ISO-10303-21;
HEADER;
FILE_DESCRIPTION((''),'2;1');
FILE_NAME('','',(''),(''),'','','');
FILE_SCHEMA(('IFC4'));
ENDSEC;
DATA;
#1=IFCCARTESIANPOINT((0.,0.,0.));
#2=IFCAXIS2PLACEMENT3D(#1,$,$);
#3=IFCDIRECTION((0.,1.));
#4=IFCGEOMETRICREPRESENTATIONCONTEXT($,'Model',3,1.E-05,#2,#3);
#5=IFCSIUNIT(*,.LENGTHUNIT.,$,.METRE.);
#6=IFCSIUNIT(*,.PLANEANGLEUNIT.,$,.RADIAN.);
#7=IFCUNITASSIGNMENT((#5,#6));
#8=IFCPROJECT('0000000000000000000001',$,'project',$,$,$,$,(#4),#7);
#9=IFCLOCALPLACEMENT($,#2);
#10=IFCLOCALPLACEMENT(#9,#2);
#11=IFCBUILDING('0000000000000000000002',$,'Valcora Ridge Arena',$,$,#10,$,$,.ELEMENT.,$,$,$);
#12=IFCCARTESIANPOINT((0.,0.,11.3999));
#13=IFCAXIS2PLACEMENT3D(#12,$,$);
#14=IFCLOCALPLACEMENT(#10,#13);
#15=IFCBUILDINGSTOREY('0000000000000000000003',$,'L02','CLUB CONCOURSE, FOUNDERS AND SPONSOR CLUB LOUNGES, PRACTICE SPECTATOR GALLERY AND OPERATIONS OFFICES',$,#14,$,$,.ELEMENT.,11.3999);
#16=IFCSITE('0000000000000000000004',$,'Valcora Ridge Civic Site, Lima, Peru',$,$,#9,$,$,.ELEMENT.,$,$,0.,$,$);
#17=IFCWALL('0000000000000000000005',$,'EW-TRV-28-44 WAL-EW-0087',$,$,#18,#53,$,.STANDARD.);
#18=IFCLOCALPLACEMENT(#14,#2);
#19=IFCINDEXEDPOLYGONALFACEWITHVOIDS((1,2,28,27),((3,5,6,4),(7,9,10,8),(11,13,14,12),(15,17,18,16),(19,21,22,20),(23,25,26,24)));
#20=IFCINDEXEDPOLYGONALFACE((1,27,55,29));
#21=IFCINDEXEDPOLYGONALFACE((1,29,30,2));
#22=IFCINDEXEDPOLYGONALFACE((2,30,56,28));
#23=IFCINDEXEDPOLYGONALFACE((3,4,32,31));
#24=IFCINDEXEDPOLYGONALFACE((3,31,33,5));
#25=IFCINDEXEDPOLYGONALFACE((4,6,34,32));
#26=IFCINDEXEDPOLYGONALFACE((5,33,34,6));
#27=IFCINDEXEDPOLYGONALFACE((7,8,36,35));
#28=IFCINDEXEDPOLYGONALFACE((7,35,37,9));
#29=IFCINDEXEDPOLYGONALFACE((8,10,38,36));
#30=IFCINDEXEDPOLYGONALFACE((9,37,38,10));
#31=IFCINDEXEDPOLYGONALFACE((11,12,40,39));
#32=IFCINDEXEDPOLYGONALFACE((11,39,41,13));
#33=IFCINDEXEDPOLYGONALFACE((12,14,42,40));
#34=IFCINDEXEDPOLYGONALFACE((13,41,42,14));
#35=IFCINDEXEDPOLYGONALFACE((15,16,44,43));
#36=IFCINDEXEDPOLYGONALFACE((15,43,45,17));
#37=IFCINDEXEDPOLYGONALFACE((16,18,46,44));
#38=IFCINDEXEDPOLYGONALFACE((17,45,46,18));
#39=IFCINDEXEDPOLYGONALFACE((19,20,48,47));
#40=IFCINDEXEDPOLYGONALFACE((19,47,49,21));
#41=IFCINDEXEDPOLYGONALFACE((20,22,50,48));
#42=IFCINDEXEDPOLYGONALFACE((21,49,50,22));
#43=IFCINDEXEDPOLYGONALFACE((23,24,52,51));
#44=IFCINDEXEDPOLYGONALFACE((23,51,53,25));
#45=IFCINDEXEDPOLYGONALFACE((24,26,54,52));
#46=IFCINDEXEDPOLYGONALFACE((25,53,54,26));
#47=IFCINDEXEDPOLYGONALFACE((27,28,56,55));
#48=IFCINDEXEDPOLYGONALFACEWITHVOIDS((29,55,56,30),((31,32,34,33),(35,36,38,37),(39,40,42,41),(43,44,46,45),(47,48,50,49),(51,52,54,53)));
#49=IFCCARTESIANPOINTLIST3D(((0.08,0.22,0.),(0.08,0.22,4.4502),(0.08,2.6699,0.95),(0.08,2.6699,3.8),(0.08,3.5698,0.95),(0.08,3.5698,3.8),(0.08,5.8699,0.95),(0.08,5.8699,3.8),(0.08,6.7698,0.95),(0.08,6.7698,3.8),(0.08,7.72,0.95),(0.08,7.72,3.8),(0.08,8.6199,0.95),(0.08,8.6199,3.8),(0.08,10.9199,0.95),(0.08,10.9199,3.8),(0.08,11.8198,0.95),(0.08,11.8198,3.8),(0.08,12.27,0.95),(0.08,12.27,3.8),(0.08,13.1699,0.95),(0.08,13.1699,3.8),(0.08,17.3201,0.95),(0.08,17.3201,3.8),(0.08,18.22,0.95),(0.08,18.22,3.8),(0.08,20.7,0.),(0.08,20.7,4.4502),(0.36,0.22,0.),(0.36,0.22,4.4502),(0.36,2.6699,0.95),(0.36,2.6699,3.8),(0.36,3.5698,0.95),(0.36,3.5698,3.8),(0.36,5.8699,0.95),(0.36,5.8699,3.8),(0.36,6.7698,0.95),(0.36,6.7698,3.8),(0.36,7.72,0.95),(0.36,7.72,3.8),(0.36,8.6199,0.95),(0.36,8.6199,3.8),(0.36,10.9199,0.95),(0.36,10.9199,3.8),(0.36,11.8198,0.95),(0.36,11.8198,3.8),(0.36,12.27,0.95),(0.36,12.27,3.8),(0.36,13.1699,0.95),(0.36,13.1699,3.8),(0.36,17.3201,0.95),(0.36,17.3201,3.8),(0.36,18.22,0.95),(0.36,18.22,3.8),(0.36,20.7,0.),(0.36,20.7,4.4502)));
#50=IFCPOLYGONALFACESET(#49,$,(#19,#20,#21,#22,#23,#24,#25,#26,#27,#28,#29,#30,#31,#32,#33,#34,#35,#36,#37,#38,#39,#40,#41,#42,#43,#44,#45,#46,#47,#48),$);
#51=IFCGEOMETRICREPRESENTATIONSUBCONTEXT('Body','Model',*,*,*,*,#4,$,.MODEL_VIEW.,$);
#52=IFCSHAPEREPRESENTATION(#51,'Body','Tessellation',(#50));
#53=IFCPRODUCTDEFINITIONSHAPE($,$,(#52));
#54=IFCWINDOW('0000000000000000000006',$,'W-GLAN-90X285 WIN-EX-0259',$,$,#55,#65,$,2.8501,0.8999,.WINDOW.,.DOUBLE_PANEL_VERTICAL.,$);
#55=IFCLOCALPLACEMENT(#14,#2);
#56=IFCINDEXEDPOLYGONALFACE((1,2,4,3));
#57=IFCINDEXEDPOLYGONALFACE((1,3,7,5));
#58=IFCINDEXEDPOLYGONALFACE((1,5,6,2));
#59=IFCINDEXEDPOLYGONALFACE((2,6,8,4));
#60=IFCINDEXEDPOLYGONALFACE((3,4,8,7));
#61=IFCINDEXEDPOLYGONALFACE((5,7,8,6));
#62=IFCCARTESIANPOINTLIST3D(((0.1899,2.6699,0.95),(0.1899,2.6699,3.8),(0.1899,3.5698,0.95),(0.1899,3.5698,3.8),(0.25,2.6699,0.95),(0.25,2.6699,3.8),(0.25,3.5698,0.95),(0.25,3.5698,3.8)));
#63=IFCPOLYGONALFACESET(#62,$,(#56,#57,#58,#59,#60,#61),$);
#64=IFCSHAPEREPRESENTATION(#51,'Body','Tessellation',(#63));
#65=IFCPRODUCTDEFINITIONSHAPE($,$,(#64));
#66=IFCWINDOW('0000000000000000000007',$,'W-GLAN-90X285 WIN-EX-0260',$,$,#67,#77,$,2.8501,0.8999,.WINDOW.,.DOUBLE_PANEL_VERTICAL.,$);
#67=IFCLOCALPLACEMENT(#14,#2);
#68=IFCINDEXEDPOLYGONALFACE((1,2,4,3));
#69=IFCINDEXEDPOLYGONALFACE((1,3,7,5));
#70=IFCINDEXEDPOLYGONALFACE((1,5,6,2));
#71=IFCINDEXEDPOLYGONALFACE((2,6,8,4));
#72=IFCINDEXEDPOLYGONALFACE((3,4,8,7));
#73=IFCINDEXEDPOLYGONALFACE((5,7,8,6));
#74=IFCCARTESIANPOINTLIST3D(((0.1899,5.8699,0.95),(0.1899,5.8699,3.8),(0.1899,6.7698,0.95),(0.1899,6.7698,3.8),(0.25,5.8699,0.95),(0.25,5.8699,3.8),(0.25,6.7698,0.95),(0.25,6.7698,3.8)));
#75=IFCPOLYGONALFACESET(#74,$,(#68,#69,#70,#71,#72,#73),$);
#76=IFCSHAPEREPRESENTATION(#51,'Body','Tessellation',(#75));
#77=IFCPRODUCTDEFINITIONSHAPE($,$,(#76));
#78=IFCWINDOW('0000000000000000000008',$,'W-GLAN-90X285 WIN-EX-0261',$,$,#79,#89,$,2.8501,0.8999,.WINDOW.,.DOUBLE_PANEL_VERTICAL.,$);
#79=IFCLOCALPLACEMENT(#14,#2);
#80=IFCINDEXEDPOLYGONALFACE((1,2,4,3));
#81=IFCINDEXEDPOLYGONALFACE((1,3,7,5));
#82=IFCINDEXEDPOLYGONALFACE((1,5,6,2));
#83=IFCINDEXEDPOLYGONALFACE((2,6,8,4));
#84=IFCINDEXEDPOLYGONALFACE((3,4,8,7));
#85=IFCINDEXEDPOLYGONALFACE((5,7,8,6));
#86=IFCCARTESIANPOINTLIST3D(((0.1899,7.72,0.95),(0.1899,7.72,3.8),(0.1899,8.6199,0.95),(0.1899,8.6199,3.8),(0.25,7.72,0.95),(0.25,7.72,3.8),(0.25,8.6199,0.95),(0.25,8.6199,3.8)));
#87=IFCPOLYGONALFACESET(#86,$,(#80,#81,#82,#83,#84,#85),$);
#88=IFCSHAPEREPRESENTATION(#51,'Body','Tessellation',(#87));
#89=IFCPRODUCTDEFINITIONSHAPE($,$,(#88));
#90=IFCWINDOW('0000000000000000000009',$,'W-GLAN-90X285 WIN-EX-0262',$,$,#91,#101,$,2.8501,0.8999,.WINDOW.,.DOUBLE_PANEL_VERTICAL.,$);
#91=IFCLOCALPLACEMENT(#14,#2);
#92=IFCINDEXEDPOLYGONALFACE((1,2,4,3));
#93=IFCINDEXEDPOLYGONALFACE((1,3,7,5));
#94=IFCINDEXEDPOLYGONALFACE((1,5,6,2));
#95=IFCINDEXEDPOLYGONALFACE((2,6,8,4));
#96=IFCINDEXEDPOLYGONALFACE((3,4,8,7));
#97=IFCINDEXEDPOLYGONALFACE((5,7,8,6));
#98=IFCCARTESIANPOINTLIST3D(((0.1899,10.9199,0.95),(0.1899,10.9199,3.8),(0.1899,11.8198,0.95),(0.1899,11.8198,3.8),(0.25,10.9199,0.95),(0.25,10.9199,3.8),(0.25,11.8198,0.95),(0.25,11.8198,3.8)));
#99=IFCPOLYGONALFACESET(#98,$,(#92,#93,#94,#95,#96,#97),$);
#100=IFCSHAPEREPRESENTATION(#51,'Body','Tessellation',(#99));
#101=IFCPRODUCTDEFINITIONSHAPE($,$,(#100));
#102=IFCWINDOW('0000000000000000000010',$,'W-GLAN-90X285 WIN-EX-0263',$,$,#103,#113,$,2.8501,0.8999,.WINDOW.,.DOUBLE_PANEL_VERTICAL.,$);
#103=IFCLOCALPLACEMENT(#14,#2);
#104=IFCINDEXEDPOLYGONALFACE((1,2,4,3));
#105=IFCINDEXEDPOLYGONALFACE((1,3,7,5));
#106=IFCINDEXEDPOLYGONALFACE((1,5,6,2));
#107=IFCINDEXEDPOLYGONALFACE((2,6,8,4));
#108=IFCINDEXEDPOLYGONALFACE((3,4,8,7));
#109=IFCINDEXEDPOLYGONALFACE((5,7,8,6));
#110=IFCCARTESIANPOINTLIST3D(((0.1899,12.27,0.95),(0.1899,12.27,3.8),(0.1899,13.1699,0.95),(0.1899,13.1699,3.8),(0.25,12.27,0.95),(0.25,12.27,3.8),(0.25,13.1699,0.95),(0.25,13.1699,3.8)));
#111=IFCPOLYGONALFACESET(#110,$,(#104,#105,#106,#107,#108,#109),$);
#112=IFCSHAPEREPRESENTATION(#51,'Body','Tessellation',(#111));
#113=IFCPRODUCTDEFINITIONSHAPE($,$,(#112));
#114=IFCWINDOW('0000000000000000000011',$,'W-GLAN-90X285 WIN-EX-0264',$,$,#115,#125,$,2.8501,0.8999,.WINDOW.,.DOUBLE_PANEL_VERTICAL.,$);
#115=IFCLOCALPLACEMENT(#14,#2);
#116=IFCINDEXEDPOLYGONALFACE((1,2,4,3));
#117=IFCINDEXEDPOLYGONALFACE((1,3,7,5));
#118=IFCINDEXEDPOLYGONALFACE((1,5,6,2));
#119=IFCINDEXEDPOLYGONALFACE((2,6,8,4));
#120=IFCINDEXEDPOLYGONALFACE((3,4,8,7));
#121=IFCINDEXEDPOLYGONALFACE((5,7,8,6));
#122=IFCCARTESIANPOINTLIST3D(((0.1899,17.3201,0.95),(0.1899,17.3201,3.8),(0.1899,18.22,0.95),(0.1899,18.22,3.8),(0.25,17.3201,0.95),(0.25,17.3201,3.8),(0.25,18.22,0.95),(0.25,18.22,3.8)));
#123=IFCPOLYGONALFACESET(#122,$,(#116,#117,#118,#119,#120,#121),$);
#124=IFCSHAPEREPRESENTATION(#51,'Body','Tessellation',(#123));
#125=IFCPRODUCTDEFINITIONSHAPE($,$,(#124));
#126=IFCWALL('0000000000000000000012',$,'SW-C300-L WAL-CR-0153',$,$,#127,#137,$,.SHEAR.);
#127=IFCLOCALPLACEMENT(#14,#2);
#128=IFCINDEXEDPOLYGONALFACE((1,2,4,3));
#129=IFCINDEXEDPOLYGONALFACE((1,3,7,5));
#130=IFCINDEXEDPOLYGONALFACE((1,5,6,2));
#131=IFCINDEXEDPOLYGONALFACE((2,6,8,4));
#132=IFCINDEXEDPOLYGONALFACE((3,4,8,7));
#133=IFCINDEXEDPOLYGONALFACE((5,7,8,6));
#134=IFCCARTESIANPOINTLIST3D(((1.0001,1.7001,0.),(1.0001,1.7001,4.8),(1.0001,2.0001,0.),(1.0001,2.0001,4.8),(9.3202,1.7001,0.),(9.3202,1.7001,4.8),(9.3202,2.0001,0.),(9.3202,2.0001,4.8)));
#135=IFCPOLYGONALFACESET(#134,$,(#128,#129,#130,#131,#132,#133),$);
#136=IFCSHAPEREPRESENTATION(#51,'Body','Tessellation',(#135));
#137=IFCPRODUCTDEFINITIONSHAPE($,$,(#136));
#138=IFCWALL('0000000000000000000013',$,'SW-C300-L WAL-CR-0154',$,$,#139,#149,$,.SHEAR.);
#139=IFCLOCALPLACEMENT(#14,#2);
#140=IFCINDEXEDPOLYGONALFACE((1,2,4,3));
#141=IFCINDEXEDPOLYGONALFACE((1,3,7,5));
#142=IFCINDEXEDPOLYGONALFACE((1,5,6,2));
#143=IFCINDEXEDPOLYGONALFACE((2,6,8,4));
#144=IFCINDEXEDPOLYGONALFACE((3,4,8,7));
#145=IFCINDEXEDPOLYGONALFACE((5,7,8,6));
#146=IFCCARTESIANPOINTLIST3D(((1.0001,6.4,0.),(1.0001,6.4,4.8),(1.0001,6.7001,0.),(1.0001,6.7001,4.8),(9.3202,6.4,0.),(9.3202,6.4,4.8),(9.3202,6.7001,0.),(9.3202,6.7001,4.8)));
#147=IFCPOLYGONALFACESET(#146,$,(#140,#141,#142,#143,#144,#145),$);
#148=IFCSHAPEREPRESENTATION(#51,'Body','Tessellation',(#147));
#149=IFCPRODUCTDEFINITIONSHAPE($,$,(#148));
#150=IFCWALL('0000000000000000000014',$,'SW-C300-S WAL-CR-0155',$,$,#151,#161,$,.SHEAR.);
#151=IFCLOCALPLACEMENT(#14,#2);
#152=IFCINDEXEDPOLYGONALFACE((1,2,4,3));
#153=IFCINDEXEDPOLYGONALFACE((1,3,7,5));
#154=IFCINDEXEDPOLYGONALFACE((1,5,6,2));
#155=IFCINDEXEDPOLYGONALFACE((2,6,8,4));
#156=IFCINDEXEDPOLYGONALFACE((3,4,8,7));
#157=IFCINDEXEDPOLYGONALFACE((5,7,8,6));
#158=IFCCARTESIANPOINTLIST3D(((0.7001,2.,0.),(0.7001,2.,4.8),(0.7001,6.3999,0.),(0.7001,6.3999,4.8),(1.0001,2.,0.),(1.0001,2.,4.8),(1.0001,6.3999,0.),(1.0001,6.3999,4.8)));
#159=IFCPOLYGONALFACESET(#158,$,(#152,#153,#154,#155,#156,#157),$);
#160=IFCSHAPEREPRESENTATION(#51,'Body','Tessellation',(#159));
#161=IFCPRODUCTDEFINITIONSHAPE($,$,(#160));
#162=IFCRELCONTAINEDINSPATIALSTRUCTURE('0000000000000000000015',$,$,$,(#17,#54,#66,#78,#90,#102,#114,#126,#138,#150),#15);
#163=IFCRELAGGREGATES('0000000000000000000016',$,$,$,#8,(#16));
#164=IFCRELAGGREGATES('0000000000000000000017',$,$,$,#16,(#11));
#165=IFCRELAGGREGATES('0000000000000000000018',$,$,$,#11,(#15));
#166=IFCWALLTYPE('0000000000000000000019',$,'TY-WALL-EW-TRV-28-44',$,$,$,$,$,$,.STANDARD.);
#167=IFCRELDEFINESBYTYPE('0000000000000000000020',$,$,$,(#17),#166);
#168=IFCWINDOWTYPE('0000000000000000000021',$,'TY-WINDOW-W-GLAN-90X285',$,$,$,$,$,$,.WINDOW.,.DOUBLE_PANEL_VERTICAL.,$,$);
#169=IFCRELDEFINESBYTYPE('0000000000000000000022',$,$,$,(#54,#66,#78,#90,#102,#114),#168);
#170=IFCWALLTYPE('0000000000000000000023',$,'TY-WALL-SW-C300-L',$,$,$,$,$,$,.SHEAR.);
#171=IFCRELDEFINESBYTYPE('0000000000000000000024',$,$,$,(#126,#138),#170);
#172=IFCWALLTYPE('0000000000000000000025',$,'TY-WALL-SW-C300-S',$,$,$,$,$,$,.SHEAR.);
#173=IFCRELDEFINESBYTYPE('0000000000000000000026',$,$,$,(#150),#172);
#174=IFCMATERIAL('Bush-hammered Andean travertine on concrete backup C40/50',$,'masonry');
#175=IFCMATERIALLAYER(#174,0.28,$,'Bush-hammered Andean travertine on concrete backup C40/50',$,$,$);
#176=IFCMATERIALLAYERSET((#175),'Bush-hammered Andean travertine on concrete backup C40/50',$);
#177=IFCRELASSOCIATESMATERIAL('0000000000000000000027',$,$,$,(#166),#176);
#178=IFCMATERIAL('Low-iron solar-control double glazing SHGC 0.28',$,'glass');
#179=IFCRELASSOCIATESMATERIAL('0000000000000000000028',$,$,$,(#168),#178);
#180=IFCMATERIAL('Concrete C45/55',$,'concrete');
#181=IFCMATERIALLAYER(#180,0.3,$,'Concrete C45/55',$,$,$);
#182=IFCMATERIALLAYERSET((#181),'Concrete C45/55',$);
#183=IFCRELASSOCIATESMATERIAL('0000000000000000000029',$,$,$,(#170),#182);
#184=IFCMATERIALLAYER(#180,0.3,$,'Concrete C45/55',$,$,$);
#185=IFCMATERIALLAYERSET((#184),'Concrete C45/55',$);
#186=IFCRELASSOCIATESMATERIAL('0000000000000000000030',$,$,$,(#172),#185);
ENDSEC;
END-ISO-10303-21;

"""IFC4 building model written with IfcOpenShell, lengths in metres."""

from ifc_helpers import new_model, si_unit, direction, frame, frame_2d, origin, place, context, subcontext, project, spatial, rectangle, extrude, material, layer, layer_set, type_object, element, fill, save


model = new_model("IFC4")

# Units and contexts
model_context = context("Model", 3, precision=1e-05, world=origin(), true_north=direction((0.0, 1.0)))
body_context = subcontext(model_context, "Body", "Model", "MODEL_VIEW")
ifc_project = project(units=[si_unit("LENGTHUNIT", "METRE"), si_unit("PLANEANGLEUNIT", "RADIAN")], contexts=[model_context])

# Site, building, storey
site_placement = place(None, origin())
site = spatial("IfcSite", under=ifc_project, at=site_placement, Name="Valcora Ridge Civic Site, Lima, Peru", CompositionType="ELEMENT", RefElevation=0.0)
building_placement = place(site_placement, origin())
building = spatial("IfcBuilding", under=site, at=building_placement, Name="Valcora Ridge Arena", CompositionType="ELEMENT")
storey_placement = place(building_placement, frame((0.0, 0.0, 11.3999)))
storey = spatial("IfcBuildingStorey", under=building, at=storey_placement, Name="L02", Description="CLUB CONCOURSE, FOUNDERS AND SPONSOR CLUB LOUNGES, PRACTICE SPECTATOR GALLERY AND OPERATIONS OFFICES", CompositionType="ELEMENT", Elevation=11.3999)

# Wall, openings, windows
ifc_material_1 = material(Name="Bush-hammered Andean travertine on concrete backup C40/50", Category="masonry")
ifc_layer_1 = layer(ifc_material_1, 0.28, Name="Bush-hammered Andean travertine on concrete backup C40/50")
ifc_layer_set_1 = layer_set([ifc_layer_1], Name="Bush-hammered Andean travertine on concrete backup C40/50")
wall_type_1 = type_object("IfcWallType", Name="TY-WALL-EW-TRV-28-44", PredefinedType="STANDARD", material=ifc_layer_set_1)
ifc_material_2 = material(Name="Low-iron solar-control double glazing SHGC 0.28", Category="glass")
window_type = type_object("IfcWindowType", Name="TY-WINDOW-W-GLAN-90X285", PartitioningType="DOUBLE_PANEL_VERTICAL", PredefinedType="WINDOW", material=ifc_material_2)
wall_1_placement = place(storey_placement, frame((0.22, 0.22, 0.0), z_axis=(0.0, 0.0, 1.0), x_axis=(0.0, 1.0, 0.0)))
wall_1 = element("IfcWall", 1, at=wall_1_placement, inside=storey, type_object=wall_type_1, Name="EW-TRV-28-44 WAL-EW-0087", PredefinedType="STANDARD", context=body_context, shape_type="SweptSolid", body=[
    extrude(rectangle(XDim=20.48, YDim=0.28, at=frame_2d((10.24, 0.0))), origin(), (0.0, 0.0, 1.0), 4.4502),
])
opening_1_placement = place(wall_1_placement, frame((2.45, 0.0, 0.95)))
opening_1 = element("IfcOpeningElement", 2, at=opening_1_placement, cuts=wall_1, PredefinedType="OPENING", context=body_context, shape_type="SweptSolid", body=[
    extrude(rectangle(XDim=0.8999, YDim=2.8501, at=frame_2d((0.45, 1.425))), frame((0.0, 0.1499, 0.0), z_axis=(0.0, -1.0, 0.0), x_axis=(1.0, 0.0, 0.0)), (0.0, 0.0, 1.0), 0.3),
])
opening_2_placement = place(wall_1_placement, frame((5.6499, 0.0, 0.95)))
opening_2 = element("IfcOpeningElement", 3, at=opening_2_placement, cuts=wall_1, PredefinedType="OPENING", context=body_context, shape_type="SweptSolid", body=[
    extrude(rectangle(XDim=0.8999, YDim=2.8501, at=frame_2d((0.45, 1.425))), frame((0.0, 0.1499, 0.0), z_axis=(0.0, -1.0, 0.0), x_axis=(1.0, 0.0, 0.0)), (0.0, 0.0, 1.0), 0.3),
])
opening_3_placement = place(wall_1_placement, frame((7.5, 0.0, 0.95)))
opening_3 = element("IfcOpeningElement", 4, at=opening_3_placement, cuts=wall_1, PredefinedType="OPENING", context=body_context, shape_type="SweptSolid", body=[
    extrude(rectangle(XDim=0.8999, YDim=2.8501, at=frame_2d((0.45, 1.425))), frame((0.0, 0.1499, 0.0), z_axis=(0.0, -1.0, 0.0), x_axis=(1.0, 0.0, 0.0)), (0.0, 0.0, 1.0), 0.3),
])
opening_4_placement = place(wall_1_placement, frame((10.7, 0.0, 0.95)))
opening_4 = element("IfcOpeningElement", 5, at=opening_4_placement, cuts=wall_1, PredefinedType="OPENING", context=body_context, shape_type="SweptSolid", body=[
    extrude(rectangle(XDim=0.8999, YDim=2.8501, at=frame_2d((0.45, 1.425))), frame((0.0, 0.1499, 0.0), z_axis=(0.0, -1.0, 0.0), x_axis=(1.0, 0.0, 0.0)), (0.0, 0.0, 1.0), 0.3),
])
opening_5_placement = place(wall_1_placement, frame((12.05, 0.0, 0.95)))
opening_5 = element("IfcOpeningElement", 6, at=opening_5_placement, cuts=wall_1, PredefinedType="OPENING", context=body_context, shape_type="SweptSolid", body=[
    extrude(rectangle(XDim=0.8999, YDim=2.8501, at=frame_2d((0.45, 1.425))), frame((0.0, 0.1499, 0.0), z_axis=(0.0, -1.0, 0.0), x_axis=(1.0, 0.0, 0.0)), (0.0, 0.0, 1.0), 0.3),
])
opening_6_placement = place(wall_1_placement, frame((17.1001, 0.0, 0.95)))
opening_6 = element("IfcOpeningElement", 7, at=opening_6_placement, cuts=wall_1, PredefinedType="OPENING", context=body_context, shape_type="SweptSolid", body=[
    extrude(rectangle(XDim=0.8999, YDim=2.8501, at=frame_2d((0.45, 1.425))), frame((0.0, 0.1499, 0.0), z_axis=(0.0, -1.0, 0.0), x_axis=(1.0, 0.0, 0.0)), (0.0, 0.0, 1.0), 0.3),
])
window_1_placement = place(opening_1_placement, origin())
window_1 = element("IfcWindow", 8, at=window_1_placement, inside=storey, type_object=window_type, Name="W-GLAN-90X285 WIN-EX-0259", OverallHeight=2.8501, OverallWidth=0.8999, PartitioningType="DOUBLE_PANEL_VERTICAL", PredefinedType="WINDOW", context=body_context, shape_type="SweptSolid", body=[
    extrude(rectangle(XDim=0.8999, YDim=2.8501, at=frame_2d((0.45, 1.425))), frame((0.0, 0.03, 0.0), z_axis=(0.0, -1.0, 0.0), x_axis=(1.0, 0.0, 0.0)), (0.0, 0.0, 1.0), 0.0601),
])
fill(opening_1, window_1)
window_2_placement = place(opening_2_placement, origin())
window_2 = element("IfcWindow", 9, at=window_2_placement, inside=storey, type_object=window_type, Name="W-GLAN-90X285 WIN-EX-0260", OverallHeight=2.8501, OverallWidth=0.8999, PartitioningType="DOUBLE_PANEL_VERTICAL", PredefinedType="WINDOW", context=body_context, shape_type="SweptSolid", body=[
    extrude(rectangle(XDim=0.8999, YDim=2.8501, at=frame_2d((0.45, 1.425))), frame((0.0, 0.03, 0.0), z_axis=(0.0, -1.0, 0.0), x_axis=(1.0, 0.0, 0.0)), (0.0, 0.0, 1.0), 0.0601),
])
fill(opening_2, window_2)
window_3_placement = place(opening_3_placement, origin())
window_3 = element("IfcWindow", 10, at=window_3_placement, inside=storey, type_object=window_type, Name="W-GLAN-90X285 WIN-EX-0261", OverallHeight=2.8501, OverallWidth=0.8999, PartitioningType="DOUBLE_PANEL_VERTICAL", PredefinedType="WINDOW", context=body_context, shape_type="SweptSolid", body=[
    extrude(rectangle(XDim=0.8999, YDim=2.8501, at=frame_2d((0.45, 1.425))), frame((0.0, 0.03, 0.0), z_axis=(0.0, -1.0, 0.0), x_axis=(1.0, 0.0, 0.0)), (0.0, 0.0, 1.0), 0.0601),
])
fill(opening_3, window_3)
window_4_placement = place(opening_4_placement, origin())
window_4 = element("IfcWindow", 11, at=window_4_placement, inside=storey, type_object=window_type, Name="W-GLAN-90X285 WIN-EX-0262", OverallHeight=2.8501, OverallWidth=0.8999, PartitioningType="DOUBLE_PANEL_VERTICAL", PredefinedType="WINDOW", context=body_context, shape_type="SweptSolid", body=[
    extrude(rectangle(XDim=0.8999, YDim=2.8501, at=frame_2d((0.45, 1.425))), frame((0.0, 0.03, 0.0), z_axis=(0.0, -1.0, 0.0), x_axis=(1.0, 0.0, 0.0)), (0.0, 0.0, 1.0), 0.0601),
])
fill(opening_4, window_4)
window_5_placement = place(opening_5_placement, origin())
window_5 = element("IfcWindow", 12, at=window_5_placement, inside=storey, type_object=window_type, Name="W-GLAN-90X285 WIN-EX-0263", OverallHeight=2.8501, OverallWidth=0.8999, PartitioningType="DOUBLE_PANEL_VERTICAL", PredefinedType="WINDOW", context=body_context, shape_type="SweptSolid", body=[
    extrude(rectangle(XDim=0.8999, YDim=2.8501, at=frame_2d((0.45, 1.425))), frame((0.0, 0.03, 0.0), z_axis=(0.0, -1.0, 0.0), x_axis=(1.0, 0.0, 0.0)), (0.0, 0.0, 1.0), 0.0601),
])
fill(opening_5, window_5)
window_6_placement = place(opening_6_placement, origin())
window_6 = element("IfcWindow", 13, at=window_6_placement, inside=storey, type_object=window_type, Name="W-GLAN-90X285 WIN-EX-0264", OverallHeight=2.8501, OverallWidth=0.8999, PartitioningType="DOUBLE_PANEL_VERTICAL", PredefinedType="WINDOW", context=body_context, shape_type="SweptSolid", body=[
    extrude(rectangle(XDim=0.8999, YDim=2.8501, at=frame_2d((0.45, 1.425))), frame((0.0, 0.03, 0.0), z_axis=(0.0, -1.0, 0.0), x_axis=(1.0, 0.0, 0.0)), (0.0, 0.0, 1.0), 0.0601),
])
fill(opening_6, window_6)

# Walls
ifc_material_3 = material(Name="Concrete C45/55", Category="concrete")
ifc_layer_2 = layer(ifc_material_3, 0.3, Name="Concrete C45/55")
ifc_layer_set_2 = layer_set([ifc_layer_2], Name="Concrete C45/55")
wall_type_2 = type_object("IfcWallType", Name="TY-WALL-SW-C300-L", PredefinedType="SHEAR", material=ifc_layer_set_2)
for number, where, z_axis, x_axis, name in (
    (14, (1.0, 1.8501, 0.0), (0.0, 0.0, 1.0), (1.0, 0.0, 0.0), "SW-C300-L WAL-CR-0153"),
    (15, (1.0, 6.55, 0.0), (0.0, 0.0, 1.0), (1.0, 0.0, 0.0), "SW-C300-L WAL-CR-0154"),
):
    element("IfcWall", number, at=place(storey_placement, frame(where, z_axis=z_axis, x_axis=x_axis)), inside=storey, type_object=wall_type_2, Name=name, PredefinedType="SHEAR", context=body_context, shape_type="SweptSolid", body=[
        extrude(rectangle(XDim=8.3201, YDim=0.3, at=frame_2d((4.1602, 0.0))), origin(), (0.0, 0.0, 1.0), 4.8),
    ])
ifc_layer_3 = layer(ifc_material_3, 0.3, Name="Concrete C45/55")
ifc_layer_set_3 = layer_set([ifc_layer_3], Name="Concrete C45/55")
wall_type_3 = type_object("IfcWallType", Name="TY-WALL-SW-C300-S", PredefinedType="SHEAR", material=ifc_layer_set_3)
wall_2_placement = place(storey_placement, frame((0.8501, 2.0, 0.0), z_axis=(0.0, 0.0, 1.0), x_axis=(0.0, 1.0, 0.0)))
element("IfcWall", 16, at=wall_2_placement, inside=storey, type_object=wall_type_3, Name="SW-C300-S WAL-CR-0155", PredefinedType="SHEAR", context=body_context, shape_type="SweptSolid", body=[
    extrude(rectangle(XDim=4.3999, YDim=0.3, at=frame_2d((2.2, 0.0))), origin(), (0.0, 0.0, 1.0), 4.8),
])

save(model, "model.ifc")
